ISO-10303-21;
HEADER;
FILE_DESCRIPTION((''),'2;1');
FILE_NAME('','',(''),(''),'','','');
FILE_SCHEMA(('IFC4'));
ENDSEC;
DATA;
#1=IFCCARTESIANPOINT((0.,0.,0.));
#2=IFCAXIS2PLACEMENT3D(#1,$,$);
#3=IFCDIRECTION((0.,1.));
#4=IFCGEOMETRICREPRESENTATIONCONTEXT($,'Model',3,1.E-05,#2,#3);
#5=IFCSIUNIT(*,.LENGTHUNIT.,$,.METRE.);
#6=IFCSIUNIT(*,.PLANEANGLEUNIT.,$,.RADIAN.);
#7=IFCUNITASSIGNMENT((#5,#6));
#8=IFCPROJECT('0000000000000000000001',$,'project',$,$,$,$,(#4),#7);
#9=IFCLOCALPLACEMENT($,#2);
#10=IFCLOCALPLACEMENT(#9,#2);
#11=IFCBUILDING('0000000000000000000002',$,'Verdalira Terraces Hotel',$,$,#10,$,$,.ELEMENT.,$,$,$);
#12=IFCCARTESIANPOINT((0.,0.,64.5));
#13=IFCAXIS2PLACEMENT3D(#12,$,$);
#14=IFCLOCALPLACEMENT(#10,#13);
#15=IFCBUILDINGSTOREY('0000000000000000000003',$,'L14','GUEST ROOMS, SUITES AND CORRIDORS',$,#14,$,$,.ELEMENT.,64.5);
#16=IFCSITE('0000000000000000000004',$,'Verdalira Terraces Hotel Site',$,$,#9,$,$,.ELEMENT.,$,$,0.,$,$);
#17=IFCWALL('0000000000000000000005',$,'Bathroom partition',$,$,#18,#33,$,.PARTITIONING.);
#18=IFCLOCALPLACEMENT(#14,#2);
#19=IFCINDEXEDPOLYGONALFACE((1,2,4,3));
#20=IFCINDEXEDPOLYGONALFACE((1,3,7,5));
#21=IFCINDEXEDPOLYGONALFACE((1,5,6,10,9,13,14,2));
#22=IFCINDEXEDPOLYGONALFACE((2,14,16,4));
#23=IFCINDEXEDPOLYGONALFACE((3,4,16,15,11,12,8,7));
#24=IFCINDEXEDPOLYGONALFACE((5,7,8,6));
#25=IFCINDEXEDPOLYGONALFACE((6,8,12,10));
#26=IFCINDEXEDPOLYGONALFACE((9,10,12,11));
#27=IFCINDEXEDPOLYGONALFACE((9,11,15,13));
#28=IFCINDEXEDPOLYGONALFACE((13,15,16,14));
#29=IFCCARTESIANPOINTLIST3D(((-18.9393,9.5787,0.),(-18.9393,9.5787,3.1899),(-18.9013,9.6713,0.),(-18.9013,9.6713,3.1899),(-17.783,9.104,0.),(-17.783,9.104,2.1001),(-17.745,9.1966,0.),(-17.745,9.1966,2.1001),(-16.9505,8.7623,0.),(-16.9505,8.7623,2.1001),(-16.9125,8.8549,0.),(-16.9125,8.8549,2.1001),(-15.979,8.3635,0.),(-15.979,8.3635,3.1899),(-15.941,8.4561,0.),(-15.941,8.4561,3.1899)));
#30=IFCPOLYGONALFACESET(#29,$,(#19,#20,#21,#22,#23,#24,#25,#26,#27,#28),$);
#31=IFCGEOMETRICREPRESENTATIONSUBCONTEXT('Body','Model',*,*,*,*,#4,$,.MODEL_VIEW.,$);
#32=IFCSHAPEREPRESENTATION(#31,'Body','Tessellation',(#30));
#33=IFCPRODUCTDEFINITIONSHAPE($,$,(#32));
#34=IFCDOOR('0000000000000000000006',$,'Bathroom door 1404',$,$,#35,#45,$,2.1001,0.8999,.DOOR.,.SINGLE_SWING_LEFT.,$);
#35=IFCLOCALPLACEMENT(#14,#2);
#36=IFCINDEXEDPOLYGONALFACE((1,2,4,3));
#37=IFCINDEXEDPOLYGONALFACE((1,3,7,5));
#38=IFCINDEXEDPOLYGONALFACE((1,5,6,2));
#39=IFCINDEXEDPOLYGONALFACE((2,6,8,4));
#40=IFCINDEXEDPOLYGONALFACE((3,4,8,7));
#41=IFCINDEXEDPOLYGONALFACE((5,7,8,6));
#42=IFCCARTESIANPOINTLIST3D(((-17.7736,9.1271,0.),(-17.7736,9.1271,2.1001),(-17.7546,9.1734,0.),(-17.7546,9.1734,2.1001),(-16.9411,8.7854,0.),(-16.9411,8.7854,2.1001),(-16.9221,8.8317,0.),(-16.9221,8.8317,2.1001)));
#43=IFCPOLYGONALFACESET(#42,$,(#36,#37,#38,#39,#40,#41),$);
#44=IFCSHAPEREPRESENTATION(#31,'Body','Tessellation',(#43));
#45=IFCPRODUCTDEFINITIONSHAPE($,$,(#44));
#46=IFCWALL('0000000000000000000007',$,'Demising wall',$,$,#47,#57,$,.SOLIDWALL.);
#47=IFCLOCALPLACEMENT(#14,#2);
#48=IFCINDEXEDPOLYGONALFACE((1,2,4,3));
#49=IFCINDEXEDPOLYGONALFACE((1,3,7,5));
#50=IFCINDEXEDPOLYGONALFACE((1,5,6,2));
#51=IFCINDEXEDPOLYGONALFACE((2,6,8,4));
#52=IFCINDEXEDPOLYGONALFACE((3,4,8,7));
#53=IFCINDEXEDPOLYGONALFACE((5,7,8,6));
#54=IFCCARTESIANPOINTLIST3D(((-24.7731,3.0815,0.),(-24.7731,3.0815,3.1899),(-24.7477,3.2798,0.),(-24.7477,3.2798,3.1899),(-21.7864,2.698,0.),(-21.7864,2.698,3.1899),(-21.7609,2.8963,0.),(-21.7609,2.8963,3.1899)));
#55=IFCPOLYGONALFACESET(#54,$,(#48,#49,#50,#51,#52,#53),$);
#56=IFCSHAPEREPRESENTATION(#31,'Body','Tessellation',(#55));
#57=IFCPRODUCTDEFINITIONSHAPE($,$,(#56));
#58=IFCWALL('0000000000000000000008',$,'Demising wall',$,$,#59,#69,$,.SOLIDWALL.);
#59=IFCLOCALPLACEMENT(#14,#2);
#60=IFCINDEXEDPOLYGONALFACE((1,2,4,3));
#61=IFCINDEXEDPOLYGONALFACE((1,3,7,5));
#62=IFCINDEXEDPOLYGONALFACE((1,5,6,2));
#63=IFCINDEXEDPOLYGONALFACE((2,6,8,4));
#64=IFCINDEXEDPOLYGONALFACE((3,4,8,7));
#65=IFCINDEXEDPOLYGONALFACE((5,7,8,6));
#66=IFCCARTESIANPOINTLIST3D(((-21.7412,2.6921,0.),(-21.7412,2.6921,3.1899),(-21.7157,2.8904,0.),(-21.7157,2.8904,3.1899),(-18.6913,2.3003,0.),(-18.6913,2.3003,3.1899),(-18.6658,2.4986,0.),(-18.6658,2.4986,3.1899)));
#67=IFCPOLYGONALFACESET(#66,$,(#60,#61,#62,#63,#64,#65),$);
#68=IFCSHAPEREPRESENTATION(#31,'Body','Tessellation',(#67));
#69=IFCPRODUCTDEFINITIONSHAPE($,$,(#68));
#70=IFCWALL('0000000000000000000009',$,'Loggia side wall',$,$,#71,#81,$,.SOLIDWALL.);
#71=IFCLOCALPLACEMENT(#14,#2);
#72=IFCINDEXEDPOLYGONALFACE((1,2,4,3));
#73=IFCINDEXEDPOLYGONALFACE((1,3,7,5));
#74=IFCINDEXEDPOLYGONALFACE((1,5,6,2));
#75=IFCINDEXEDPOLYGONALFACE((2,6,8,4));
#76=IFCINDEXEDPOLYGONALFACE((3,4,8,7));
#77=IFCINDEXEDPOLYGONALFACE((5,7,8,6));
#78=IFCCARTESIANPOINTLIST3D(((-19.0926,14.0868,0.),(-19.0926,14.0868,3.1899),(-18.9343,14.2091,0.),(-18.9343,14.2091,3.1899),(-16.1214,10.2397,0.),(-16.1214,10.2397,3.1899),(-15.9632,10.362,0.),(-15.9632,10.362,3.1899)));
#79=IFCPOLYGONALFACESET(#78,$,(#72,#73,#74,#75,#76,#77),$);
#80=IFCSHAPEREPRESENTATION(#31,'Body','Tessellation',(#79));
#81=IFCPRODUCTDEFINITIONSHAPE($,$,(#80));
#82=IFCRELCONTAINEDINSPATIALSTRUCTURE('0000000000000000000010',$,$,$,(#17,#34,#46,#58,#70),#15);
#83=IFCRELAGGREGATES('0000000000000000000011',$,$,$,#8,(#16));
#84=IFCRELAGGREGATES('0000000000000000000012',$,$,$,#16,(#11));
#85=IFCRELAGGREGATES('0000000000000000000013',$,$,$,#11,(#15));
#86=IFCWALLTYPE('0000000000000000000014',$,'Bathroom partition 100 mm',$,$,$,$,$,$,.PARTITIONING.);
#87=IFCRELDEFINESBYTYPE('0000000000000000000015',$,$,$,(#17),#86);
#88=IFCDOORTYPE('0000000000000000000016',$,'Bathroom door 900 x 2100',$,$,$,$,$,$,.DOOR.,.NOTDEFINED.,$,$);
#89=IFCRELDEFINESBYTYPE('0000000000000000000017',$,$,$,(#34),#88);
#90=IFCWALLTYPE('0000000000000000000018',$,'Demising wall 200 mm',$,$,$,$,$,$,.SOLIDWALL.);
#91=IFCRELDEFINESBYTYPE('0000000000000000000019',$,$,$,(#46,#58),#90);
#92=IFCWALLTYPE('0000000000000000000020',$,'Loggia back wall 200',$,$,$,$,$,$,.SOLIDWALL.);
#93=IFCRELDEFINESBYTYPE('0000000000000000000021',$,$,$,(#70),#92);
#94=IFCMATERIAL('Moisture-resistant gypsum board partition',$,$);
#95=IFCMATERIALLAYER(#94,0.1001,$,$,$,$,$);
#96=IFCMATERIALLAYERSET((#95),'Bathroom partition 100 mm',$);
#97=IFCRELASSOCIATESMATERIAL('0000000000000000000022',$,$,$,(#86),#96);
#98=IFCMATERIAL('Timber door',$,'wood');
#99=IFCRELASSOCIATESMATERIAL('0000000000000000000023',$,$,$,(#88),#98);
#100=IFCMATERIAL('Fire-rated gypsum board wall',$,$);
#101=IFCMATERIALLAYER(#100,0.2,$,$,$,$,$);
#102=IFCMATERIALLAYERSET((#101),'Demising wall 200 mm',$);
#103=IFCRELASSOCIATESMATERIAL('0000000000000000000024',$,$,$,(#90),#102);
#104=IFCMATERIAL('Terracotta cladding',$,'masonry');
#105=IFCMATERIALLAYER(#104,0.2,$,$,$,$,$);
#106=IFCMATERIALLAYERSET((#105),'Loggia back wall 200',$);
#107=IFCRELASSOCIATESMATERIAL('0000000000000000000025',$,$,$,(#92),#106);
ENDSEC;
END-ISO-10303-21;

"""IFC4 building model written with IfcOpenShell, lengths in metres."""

from ifc_helpers import new_model, si_unit, direction, frame, frame_2d, origin, place, context, subcontext, project, spatial, rectangle, extrude, material, layer, layer_set, type_object, element, fill, save


model = new_model("IFC4")

# Units and contexts
model_context = context("Model", 3, precision=1e-05, world=origin(), true_north=direction((0.0, 1.0)))
body_context = subcontext(model_context, "Body", "Model", "MODEL_VIEW")
ifc_project = project(units=[si_unit("LENGTHUNIT", "METRE"), si_unit("PLANEANGLEUNIT", "RADIAN")], contexts=[model_context])

# Site, building, storey
site_placement = place(None, origin())
site = spatial("IfcSite", under=ifc_project, at=site_placement, Name="Verdalira Terraces Hotel Site", CompositionType="ELEMENT", RefElevation=0.0)
building_placement = place(site_placement, origin())
building = spatial("IfcBuilding", under=site, at=building_placement, Name="Verdalira Terraces Hotel", CompositionType="ELEMENT")
storey_placement = place(building_placement, frame((0.0, 0.0, 64.5)))
storey = spatial("IfcBuildingStorey", under=building, at=storey_placement, Name="L14", Description="GUEST ROOMS, SUITES AND CORRIDORS", CompositionType="ELEMENT", Elevation=64.5)

# Shared definitions
ifc_material_1 = material(Name="Moisture-resistant gypsum board partition")
ifc_layer_1 = layer(ifc_material_1, 0.1001)
ifc_layer_set_1 = layer_set([ifc_layer_1], Name="Bathroom partition 100 mm")
wall_type_1 = type_object("IfcWallType", Name="Bathroom partition 100 mm", PredefinedType="PARTITIONING", material=ifc_layer_set_1)

# Wall, opening, door
ifc_material_2 = material(Name="Timber door", Category="wood")
door_type_1 = type_object("IfcDoorType", Name="Bathroom door 900 x 2100", OperationType="NOTDEFINED", PredefinedType="DOOR", material=ifc_material_2)
wall_1_placement = place(storey_placement, frame((-18.9204, 9.625, 0.0), z_axis=(0.0, 0.0, 1.0), x_axis=(0.925098, -0.379729, 0.0)))
wall_1 = element("IfcWall", 1, at=wall_1_placement, inside=storey, type_object=wall_type_1, Name="Bathroom partition", PredefinedType="PARTITIONING", context=body_context, shape_type="SweptSolid", body=[
    extrude(rectangle(XDim=3.2, YDim=0.1001, at=frame_2d((1.6001, 0.0))), origin(), (0.0, 0.0, 1.0), 3.1899),
])
opening_1_placement = place(wall_1_placement, frame((1.25, 0.0, 0.0)))
opening_1 = element("IfcOpeningElement", 2, at=opening_1_placement, cuts=wall_1, PredefinedType="OPENING", context=body_context, shape_type="SweptSolid", body=[
    extrude(rectangle(XDim=0.8999, YDim=2.1001, at=frame_2d((0.45, 1.05))), frame((0.0, 0.0601, 0.0), z_axis=(0.0, -1.0, 0.0), x_axis=(1.0, 0.0, 0.0)), (0.0, 0.0, 1.0), 0.1201),
])
door_1_placement = place(opening_1_placement, origin())
door_1 = element("IfcDoor", 3, at=door_1_placement, inside=storey, type_object=door_type_1, Name="Bathroom door 1404", OperationType="SINGLE_SWING_LEFT", OverallHeight=2.1001, OverallWidth=0.8999, PredefinedType="DOOR", context=body_context, shape_type="SweptSolid", body=[
    extrude(rectangle(XDim=0.8999, YDim=2.1001, at=frame_2d((0.45, 1.05))), frame((0.0, 0.0249, 0.0), z_axis=(0.0, -1.0, 0.0), x_axis=(1.0, 0.0, 0.0)), (0.0, 0.0, 1.0), 0.05),
])
fill(opening_1, door_1)

# Walls
ifc_material_3 = material(Name="Fire-rated gypsum board wall")
ifc_layer_2 = layer(ifc_material_3, 0.2)
ifc_layer_set_2 = layer_set([ifc_layer_2], Name="Demising wall 200 mm")
wall_type_2 = type_object("IfcWallType", Name="Demising wall 200 mm", PredefinedType="SOLIDWALL", material=ifc_layer_set_2)
wall_2_placement = place(storey_placement, frame((-21.7737, 2.7971, 0.0), z_axis=(0.0, 0.0, 1.0), x_axis=(-0.991856, 0.127367, 0.0)))
element("IfcWall", 4, at=wall_2_placement, inside=storey, type_object=wall_type_2, Name="Demising wall", PredefinedType="SOLIDWALL", context=body_context, shape_type="SweptSolid", body=[
    extrude(rectangle(XDim=3.0112, YDim=0.2, at=frame_2d((1.5056, 0.0))), origin(), (0.0, 0.0, 1.0), 3.1899),
])
wall_3_placement = place(storey_placement, frame((-18.6785, 2.3994, 0.0), z_axis=(0.0, 0.0, 1.0), x_axis=(-0.991847, 0.127435, 0.0)))
element("IfcWall", 5, at=wall_3_placement, inside=storey, type_object=wall_type_2, Name="Demising wall", PredefinedType="SOLIDWALL", context=body_context, shape_type="SweptSolid", body=[
    extrude(rectangle(XDim=3.075, YDim=0.2, at=frame_2d((1.5376, 0.0))), origin(), (0.0, 0.0, 1.0), 3.1899),
])
ifc_material_4 = material(Name="Terracotta cladding", Category="masonry")
ifc_layer_3 = layer(ifc_material_4, 0.2)
ifc_layer_set_3 = layer_set([ifc_layer_3], Name="Loggia back wall 200")
wall_type_3 = type_object("IfcWallType", Name="Loggia back wall 200", PredefinedType="SOLIDWALL", material=ifc_layer_set_3)
wall_4_placement = place(storey_placement, frame((-19.0134, 14.1479, 0.0), z_axis=(0.0, 0.0, 1.0), x_axis=(0.611239, -0.791446, 0.0)))
element("IfcWall", 6, at=wall_4_placement, inside=storey, type_object=wall_type_3, Name="Loggia side wall", PredefinedType="SOLIDWALL", context=body_context, shape_type="SweptSolid", body=[
    extrude(rectangle(XDim=4.8608, YDim=0.2, at=frame_2d((2.4304, 0.0))), origin(), (0.0, 0.0, 1.0), 3.1899),
])

save(model, "model.ifc")
